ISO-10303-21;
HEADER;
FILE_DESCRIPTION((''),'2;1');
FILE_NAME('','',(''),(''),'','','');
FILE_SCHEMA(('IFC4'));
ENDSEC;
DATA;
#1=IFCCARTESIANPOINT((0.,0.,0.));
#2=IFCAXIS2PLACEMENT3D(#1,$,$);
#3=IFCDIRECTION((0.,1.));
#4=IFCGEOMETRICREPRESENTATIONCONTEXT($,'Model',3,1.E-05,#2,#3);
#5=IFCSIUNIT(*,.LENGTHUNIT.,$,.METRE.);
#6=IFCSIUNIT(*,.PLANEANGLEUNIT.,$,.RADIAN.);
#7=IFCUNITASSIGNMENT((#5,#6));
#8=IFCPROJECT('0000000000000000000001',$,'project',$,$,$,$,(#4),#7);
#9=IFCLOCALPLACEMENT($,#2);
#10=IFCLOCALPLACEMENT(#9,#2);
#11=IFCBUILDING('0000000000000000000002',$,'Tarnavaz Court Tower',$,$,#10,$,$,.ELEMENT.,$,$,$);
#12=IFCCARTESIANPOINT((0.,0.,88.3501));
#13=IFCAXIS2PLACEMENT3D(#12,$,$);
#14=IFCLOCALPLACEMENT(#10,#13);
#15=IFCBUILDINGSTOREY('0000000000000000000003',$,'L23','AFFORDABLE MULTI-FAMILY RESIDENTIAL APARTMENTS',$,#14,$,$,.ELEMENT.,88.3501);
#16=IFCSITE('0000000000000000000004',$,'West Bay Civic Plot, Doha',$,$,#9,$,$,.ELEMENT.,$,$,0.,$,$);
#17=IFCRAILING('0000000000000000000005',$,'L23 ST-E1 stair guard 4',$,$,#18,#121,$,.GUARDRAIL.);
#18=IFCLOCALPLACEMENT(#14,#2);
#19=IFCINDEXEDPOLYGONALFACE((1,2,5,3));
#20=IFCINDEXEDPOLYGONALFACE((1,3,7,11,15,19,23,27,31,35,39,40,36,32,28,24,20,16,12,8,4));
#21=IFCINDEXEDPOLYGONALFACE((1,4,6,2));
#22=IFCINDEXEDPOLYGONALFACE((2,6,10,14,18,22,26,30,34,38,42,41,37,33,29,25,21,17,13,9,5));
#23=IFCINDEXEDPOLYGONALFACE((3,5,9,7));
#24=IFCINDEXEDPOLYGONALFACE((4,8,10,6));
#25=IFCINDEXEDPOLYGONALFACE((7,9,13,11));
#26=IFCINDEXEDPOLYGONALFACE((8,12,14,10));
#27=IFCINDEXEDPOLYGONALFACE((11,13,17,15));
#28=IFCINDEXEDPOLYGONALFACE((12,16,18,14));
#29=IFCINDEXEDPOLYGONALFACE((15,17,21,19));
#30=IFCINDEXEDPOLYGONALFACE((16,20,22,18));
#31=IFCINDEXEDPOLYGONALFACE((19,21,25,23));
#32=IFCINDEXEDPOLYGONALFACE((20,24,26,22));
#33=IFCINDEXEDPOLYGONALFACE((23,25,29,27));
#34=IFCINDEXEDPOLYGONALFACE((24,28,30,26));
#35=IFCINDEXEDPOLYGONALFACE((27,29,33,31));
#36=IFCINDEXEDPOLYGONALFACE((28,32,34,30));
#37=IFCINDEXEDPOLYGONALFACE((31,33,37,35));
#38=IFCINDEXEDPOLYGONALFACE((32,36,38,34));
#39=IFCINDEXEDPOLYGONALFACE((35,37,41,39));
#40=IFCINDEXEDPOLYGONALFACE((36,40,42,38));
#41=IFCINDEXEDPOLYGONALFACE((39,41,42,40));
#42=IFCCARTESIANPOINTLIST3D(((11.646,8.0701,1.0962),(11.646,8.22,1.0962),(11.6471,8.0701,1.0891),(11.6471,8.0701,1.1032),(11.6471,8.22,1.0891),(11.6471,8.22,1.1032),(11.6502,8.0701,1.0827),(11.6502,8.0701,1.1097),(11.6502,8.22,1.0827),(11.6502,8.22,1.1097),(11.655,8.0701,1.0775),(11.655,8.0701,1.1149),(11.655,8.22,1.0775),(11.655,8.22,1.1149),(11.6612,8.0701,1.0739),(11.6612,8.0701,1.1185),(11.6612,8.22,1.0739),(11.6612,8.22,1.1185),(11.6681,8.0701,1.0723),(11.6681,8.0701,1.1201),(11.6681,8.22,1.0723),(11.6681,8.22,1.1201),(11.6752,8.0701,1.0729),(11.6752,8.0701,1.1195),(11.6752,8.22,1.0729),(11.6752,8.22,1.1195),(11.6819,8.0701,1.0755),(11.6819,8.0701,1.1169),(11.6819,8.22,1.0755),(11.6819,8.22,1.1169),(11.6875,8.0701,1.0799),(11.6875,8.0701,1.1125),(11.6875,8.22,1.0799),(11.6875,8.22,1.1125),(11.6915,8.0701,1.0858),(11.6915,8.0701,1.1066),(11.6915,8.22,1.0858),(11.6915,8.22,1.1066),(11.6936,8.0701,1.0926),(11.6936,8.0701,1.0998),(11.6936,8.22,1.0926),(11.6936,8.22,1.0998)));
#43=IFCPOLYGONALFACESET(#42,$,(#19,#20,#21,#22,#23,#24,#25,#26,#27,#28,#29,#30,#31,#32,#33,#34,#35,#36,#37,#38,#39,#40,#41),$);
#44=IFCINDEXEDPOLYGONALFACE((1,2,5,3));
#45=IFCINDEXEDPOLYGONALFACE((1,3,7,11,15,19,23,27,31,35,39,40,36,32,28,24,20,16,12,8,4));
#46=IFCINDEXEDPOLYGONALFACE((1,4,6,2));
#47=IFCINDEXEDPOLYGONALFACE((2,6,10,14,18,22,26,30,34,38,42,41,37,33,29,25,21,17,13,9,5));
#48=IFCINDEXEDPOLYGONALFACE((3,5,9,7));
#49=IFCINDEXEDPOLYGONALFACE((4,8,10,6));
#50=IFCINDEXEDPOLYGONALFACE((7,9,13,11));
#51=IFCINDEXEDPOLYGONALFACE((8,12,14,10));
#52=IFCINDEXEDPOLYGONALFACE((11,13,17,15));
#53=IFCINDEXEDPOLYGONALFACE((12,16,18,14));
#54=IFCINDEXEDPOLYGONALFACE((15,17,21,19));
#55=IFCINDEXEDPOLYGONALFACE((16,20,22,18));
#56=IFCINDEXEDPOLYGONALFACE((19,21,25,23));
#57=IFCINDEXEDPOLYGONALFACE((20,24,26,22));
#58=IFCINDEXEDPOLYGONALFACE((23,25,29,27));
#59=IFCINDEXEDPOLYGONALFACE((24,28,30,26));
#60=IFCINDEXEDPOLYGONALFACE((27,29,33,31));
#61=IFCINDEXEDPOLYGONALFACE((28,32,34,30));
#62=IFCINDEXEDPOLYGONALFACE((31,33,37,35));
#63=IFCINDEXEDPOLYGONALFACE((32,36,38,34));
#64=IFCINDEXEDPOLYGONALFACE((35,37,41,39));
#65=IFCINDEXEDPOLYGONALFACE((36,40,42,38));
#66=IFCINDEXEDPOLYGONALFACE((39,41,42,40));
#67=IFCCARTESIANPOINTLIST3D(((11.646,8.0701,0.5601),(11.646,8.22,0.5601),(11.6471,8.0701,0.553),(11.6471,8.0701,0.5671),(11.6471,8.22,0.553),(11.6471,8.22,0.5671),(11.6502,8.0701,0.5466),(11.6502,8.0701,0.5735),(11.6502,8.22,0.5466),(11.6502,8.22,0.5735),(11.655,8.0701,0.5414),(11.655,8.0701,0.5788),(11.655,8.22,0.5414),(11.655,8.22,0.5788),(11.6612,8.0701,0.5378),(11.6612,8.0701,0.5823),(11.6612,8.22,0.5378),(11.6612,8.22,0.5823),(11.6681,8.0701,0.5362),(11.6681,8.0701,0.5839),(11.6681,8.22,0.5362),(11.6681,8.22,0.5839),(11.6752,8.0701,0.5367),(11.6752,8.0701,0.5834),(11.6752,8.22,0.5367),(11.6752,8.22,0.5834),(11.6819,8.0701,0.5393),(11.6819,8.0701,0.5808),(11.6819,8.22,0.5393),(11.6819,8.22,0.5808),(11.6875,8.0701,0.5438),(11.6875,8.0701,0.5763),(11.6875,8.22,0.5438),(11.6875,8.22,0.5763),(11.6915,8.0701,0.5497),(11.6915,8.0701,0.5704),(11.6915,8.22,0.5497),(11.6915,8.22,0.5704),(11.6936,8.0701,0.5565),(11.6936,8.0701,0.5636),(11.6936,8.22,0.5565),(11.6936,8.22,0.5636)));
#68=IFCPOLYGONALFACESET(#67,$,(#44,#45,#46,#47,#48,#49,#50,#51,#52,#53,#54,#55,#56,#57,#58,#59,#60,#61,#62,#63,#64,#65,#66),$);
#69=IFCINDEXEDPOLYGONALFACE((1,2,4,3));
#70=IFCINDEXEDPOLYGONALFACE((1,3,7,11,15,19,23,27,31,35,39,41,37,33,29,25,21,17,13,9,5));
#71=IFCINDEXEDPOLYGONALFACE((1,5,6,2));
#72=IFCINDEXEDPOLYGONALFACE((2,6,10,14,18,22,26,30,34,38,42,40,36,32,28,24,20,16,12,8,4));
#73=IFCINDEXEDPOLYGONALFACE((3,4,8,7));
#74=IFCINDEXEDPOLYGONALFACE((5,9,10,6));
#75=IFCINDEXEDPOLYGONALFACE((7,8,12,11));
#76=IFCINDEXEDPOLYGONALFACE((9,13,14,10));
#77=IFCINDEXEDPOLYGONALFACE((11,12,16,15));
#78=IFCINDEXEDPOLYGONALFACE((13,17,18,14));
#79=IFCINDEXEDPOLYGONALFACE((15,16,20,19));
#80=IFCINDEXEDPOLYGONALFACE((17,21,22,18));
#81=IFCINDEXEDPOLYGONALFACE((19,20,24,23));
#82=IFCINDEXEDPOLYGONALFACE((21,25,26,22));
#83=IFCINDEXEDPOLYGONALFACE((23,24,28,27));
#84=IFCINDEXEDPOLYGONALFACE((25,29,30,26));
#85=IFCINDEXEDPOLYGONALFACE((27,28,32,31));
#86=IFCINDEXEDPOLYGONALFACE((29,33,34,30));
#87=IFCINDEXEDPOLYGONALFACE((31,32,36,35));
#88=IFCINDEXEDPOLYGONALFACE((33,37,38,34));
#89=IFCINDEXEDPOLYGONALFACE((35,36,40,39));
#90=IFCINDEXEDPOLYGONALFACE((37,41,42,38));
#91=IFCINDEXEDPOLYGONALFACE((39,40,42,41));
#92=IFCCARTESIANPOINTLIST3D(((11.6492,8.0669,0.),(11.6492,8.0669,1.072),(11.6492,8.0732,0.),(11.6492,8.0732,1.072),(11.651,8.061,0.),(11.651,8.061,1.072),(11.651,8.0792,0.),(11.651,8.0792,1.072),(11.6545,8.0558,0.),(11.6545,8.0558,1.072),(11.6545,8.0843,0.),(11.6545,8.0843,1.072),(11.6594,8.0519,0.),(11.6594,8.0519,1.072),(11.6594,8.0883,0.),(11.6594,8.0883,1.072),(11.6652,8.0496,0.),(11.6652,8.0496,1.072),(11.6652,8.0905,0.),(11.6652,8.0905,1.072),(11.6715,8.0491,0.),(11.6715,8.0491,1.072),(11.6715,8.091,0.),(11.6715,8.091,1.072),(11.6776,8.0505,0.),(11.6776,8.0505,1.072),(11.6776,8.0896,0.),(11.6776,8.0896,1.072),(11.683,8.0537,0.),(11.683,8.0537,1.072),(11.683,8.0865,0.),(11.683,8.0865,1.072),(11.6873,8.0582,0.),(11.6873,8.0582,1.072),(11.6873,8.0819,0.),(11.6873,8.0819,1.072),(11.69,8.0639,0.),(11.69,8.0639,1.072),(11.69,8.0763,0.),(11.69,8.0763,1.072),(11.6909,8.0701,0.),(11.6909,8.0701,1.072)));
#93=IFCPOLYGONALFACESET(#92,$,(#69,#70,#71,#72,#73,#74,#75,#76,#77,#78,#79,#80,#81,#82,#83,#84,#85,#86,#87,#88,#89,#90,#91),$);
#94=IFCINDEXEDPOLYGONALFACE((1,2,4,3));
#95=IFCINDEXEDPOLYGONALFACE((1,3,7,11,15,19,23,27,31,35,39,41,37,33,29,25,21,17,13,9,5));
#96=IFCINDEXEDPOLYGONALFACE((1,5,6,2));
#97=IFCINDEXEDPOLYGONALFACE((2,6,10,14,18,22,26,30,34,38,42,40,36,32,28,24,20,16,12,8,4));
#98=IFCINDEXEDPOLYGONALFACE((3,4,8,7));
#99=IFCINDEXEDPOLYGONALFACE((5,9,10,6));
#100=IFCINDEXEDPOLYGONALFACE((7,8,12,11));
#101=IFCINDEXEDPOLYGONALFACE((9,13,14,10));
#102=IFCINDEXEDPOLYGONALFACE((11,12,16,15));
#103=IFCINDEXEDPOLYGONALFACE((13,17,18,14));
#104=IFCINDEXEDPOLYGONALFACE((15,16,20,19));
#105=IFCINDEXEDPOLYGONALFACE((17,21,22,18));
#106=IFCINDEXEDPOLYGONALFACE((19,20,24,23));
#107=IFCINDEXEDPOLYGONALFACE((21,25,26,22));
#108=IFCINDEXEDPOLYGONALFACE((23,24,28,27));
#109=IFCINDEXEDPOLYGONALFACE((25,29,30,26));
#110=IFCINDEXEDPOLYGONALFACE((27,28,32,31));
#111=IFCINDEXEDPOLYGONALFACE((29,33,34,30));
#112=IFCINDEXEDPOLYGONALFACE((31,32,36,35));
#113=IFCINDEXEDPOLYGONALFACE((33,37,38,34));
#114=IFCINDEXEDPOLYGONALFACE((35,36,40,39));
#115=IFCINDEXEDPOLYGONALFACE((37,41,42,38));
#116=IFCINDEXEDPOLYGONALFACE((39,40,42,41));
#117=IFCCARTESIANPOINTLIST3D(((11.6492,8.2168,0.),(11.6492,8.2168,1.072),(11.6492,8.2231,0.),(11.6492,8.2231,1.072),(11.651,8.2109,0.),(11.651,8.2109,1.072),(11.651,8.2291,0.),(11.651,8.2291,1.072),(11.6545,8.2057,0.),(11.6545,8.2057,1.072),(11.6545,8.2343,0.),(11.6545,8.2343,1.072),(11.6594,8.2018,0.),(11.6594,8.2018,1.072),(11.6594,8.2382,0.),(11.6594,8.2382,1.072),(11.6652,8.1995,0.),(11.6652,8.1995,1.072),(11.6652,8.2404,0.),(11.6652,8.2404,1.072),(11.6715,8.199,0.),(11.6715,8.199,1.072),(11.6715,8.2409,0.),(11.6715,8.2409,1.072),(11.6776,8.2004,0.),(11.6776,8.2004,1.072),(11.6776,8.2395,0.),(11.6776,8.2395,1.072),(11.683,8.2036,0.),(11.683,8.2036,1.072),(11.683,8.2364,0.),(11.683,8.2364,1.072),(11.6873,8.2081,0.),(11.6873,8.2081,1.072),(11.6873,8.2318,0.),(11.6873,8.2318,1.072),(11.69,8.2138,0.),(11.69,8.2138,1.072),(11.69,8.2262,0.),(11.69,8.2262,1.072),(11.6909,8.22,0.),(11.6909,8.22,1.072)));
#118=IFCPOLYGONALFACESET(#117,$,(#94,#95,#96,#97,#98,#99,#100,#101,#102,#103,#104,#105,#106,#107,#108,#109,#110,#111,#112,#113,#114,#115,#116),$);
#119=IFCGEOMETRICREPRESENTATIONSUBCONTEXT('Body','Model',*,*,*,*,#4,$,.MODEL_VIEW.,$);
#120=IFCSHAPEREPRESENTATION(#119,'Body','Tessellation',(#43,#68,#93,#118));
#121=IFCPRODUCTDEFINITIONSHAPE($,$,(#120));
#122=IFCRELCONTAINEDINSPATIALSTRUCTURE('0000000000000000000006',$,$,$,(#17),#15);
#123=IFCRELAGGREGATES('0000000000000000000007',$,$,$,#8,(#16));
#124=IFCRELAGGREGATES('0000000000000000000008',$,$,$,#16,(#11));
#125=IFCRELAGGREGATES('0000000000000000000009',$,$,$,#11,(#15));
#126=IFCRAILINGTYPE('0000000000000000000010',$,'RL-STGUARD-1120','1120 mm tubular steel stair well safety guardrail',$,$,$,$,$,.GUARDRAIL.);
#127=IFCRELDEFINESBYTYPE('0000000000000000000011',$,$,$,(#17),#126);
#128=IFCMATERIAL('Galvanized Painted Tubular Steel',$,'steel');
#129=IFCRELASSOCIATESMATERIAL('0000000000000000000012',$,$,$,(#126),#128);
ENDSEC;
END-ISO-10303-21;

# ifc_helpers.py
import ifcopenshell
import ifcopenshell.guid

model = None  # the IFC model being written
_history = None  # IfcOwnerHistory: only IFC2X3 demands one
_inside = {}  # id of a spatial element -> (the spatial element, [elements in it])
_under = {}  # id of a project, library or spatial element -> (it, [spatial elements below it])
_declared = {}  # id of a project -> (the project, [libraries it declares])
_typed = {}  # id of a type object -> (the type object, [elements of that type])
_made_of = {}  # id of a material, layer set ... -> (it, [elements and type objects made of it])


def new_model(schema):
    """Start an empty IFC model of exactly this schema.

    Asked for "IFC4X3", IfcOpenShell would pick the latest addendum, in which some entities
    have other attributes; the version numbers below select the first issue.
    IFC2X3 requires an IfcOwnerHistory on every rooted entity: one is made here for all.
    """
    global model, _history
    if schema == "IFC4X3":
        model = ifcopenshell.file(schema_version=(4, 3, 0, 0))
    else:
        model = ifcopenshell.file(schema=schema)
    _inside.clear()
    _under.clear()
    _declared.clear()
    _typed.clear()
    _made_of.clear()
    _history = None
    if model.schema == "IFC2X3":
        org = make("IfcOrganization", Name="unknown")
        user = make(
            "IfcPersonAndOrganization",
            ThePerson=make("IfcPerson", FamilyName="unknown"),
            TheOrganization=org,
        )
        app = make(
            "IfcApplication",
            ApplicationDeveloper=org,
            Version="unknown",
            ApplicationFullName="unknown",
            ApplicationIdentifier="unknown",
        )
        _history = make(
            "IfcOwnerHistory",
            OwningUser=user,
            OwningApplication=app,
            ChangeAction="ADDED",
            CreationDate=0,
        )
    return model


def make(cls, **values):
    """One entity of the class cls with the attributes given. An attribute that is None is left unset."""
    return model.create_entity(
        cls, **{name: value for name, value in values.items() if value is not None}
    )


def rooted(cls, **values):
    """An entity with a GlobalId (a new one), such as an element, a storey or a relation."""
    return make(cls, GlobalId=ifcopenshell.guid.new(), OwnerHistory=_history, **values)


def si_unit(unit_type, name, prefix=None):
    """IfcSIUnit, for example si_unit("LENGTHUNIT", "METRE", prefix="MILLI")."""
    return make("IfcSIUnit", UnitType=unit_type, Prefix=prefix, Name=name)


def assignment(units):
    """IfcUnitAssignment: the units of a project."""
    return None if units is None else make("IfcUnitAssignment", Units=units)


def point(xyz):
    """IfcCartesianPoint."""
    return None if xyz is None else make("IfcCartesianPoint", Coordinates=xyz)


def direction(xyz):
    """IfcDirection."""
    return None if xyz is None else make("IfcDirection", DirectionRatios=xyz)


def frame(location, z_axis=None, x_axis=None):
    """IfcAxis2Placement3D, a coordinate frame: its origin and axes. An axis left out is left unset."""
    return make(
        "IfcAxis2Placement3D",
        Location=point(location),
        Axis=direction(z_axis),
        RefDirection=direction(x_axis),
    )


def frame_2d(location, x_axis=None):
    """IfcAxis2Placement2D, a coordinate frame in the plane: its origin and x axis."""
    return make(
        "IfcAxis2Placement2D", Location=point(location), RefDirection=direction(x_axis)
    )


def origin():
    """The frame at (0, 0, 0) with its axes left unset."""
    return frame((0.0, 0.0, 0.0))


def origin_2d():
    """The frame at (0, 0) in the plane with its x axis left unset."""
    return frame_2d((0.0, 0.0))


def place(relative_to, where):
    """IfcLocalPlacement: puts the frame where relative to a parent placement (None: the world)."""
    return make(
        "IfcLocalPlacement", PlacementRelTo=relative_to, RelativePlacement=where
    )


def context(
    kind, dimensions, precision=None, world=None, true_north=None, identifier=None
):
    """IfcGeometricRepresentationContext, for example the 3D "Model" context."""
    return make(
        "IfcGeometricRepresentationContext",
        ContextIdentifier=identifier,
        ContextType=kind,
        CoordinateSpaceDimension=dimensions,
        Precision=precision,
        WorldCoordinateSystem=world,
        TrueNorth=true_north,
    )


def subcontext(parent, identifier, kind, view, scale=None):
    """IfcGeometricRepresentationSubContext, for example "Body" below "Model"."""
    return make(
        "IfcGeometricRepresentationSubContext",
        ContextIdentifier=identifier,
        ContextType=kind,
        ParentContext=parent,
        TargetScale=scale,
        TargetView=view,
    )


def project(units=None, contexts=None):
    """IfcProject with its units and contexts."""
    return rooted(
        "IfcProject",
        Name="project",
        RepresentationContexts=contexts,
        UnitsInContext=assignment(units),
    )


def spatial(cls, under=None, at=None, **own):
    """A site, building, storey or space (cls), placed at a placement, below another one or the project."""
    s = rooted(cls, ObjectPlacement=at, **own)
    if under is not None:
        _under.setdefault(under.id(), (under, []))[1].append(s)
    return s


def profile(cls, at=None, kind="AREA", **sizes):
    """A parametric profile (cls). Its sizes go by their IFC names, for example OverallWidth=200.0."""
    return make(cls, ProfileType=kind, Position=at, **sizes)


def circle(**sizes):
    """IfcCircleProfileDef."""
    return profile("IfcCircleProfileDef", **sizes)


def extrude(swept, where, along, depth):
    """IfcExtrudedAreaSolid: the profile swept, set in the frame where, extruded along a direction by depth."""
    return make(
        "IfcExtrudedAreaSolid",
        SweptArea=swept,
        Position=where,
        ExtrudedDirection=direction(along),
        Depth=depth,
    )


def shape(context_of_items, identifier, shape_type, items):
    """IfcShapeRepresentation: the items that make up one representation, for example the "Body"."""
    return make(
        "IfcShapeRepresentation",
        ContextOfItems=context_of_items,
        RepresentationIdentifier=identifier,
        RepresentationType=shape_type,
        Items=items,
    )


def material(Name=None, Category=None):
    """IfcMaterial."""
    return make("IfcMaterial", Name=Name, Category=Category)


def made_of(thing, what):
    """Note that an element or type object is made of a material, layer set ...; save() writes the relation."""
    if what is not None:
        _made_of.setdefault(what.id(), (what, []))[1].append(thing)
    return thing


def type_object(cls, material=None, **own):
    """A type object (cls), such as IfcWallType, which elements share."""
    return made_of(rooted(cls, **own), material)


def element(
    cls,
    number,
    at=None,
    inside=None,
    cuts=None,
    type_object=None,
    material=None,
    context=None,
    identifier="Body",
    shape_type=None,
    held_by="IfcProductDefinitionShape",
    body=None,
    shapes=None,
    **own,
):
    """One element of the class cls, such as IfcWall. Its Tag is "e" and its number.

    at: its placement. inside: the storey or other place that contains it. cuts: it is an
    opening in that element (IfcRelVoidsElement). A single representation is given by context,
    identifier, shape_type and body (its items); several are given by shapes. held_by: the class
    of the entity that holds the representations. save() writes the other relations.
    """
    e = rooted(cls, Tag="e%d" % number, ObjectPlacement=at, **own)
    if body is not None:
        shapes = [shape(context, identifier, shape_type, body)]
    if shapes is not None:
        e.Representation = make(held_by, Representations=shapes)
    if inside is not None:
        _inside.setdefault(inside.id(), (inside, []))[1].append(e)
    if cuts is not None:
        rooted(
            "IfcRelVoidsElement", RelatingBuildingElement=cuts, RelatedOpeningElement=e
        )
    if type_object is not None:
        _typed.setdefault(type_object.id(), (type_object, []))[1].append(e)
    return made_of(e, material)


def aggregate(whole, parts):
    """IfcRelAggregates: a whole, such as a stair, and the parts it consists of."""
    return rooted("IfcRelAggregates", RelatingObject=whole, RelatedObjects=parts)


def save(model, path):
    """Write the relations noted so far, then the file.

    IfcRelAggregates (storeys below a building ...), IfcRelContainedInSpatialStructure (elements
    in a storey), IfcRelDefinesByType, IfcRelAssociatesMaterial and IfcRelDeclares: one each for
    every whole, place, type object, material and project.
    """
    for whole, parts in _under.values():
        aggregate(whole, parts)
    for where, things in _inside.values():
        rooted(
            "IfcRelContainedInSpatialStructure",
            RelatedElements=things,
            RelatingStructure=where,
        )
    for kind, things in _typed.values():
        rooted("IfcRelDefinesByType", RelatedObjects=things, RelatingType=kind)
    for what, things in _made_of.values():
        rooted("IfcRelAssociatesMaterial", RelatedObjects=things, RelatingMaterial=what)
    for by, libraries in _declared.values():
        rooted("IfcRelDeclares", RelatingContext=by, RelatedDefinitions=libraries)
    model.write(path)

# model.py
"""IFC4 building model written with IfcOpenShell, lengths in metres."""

from ifc_helpers import new_model, si_unit, direction, frame, origin, origin_2d, place, context, subcontext, project, spatial, circle, extrude, material, type_object, element, save


model = new_model("IFC4")

# Units and contexts
model_context = context("Model", 3, precision=1e-05, world=origin(), true_north=direction((0.0, 1.0)))
body_context = subcontext(model_context, "Body", "Model", "MODEL_VIEW")
ifc_project = project(units=[si_unit("LENGTHUNIT", "METRE"), si_unit("PLANEANGLEUNIT", "RADIAN")], contexts=[model_context])

# Site, building, storey
site_placement = place(None, origin())
site = spatial("IfcSite", under=ifc_project, at=site_placement, Name="West Bay Civic Plot, Doha", CompositionType="ELEMENT", RefElevation=0.0)
building_placement = place(site_placement, origin())
building = spatial("IfcBuilding", under=site, at=building_placement, Name="Tarnavaz Court Tower", CompositionType="ELEMENT")
storey_placement = place(building_placement, frame((0.0, 0.0, 88.3501)))
storey = spatial("IfcBuildingStorey", under=building, at=storey_placement, Name="L23", Description="AFFORDABLE MULTI-FAMILY RESIDENTIAL APARTMENTS", CompositionType="ELEMENT", Elevation=88.3501)

# Railing
ifc_material_1 = material(Name="Galvanized Painted Tubular Steel", Category="steel")
railing_type_1 = type_object("IfcRailingType", Name="RL-STGUARD-1120", Description="1120 mm tubular steel stair well safety guardrail", PredefinedType="GUARDRAIL", material=ifc_material_1)
railing_1_placement = place(storey_placement, frame((11.6699, 8.0701, 0.0)))
element("IfcRailing", 1, at=railing_1_placement, inside=storey, type_object=railing_type_1, Name="L23 ST-E1 stair guard 4", PredefinedType="GUARDRAIL", context=body_context, shape_type="SweptSolid", body=[
    extrude(circle(Radius=0.0239, at=origin_2d()), frame((0.0, 0.0, 1.0962), z_axis=(0.0, 1.0, 0.0), x_axis=(-1.0, 0.0, 0.0)), (0.0, 0.0, 1.0), 0.1499),
    extrude(circle(Radius=0.0239, at=origin_2d()), frame((0.0, 0.0, 0.5601), z_axis=(0.0, 1.0, 0.0), x_axis=(-1.0, 0.0, 0.0)), (0.0, 0.0, 1.0), 0.1499),
    extrude(circle(Radius=0.021, at=origin_2d()), origin(), (0.0, 0.0, 1.0), 1.072),
    extrude(circle(Radius=0.021, at=origin_2d()), frame((0.0, 0.1499, 0.0)), (0.0, 0.0, 1.0), 1.072),
])

save(model, "model.ifc")
